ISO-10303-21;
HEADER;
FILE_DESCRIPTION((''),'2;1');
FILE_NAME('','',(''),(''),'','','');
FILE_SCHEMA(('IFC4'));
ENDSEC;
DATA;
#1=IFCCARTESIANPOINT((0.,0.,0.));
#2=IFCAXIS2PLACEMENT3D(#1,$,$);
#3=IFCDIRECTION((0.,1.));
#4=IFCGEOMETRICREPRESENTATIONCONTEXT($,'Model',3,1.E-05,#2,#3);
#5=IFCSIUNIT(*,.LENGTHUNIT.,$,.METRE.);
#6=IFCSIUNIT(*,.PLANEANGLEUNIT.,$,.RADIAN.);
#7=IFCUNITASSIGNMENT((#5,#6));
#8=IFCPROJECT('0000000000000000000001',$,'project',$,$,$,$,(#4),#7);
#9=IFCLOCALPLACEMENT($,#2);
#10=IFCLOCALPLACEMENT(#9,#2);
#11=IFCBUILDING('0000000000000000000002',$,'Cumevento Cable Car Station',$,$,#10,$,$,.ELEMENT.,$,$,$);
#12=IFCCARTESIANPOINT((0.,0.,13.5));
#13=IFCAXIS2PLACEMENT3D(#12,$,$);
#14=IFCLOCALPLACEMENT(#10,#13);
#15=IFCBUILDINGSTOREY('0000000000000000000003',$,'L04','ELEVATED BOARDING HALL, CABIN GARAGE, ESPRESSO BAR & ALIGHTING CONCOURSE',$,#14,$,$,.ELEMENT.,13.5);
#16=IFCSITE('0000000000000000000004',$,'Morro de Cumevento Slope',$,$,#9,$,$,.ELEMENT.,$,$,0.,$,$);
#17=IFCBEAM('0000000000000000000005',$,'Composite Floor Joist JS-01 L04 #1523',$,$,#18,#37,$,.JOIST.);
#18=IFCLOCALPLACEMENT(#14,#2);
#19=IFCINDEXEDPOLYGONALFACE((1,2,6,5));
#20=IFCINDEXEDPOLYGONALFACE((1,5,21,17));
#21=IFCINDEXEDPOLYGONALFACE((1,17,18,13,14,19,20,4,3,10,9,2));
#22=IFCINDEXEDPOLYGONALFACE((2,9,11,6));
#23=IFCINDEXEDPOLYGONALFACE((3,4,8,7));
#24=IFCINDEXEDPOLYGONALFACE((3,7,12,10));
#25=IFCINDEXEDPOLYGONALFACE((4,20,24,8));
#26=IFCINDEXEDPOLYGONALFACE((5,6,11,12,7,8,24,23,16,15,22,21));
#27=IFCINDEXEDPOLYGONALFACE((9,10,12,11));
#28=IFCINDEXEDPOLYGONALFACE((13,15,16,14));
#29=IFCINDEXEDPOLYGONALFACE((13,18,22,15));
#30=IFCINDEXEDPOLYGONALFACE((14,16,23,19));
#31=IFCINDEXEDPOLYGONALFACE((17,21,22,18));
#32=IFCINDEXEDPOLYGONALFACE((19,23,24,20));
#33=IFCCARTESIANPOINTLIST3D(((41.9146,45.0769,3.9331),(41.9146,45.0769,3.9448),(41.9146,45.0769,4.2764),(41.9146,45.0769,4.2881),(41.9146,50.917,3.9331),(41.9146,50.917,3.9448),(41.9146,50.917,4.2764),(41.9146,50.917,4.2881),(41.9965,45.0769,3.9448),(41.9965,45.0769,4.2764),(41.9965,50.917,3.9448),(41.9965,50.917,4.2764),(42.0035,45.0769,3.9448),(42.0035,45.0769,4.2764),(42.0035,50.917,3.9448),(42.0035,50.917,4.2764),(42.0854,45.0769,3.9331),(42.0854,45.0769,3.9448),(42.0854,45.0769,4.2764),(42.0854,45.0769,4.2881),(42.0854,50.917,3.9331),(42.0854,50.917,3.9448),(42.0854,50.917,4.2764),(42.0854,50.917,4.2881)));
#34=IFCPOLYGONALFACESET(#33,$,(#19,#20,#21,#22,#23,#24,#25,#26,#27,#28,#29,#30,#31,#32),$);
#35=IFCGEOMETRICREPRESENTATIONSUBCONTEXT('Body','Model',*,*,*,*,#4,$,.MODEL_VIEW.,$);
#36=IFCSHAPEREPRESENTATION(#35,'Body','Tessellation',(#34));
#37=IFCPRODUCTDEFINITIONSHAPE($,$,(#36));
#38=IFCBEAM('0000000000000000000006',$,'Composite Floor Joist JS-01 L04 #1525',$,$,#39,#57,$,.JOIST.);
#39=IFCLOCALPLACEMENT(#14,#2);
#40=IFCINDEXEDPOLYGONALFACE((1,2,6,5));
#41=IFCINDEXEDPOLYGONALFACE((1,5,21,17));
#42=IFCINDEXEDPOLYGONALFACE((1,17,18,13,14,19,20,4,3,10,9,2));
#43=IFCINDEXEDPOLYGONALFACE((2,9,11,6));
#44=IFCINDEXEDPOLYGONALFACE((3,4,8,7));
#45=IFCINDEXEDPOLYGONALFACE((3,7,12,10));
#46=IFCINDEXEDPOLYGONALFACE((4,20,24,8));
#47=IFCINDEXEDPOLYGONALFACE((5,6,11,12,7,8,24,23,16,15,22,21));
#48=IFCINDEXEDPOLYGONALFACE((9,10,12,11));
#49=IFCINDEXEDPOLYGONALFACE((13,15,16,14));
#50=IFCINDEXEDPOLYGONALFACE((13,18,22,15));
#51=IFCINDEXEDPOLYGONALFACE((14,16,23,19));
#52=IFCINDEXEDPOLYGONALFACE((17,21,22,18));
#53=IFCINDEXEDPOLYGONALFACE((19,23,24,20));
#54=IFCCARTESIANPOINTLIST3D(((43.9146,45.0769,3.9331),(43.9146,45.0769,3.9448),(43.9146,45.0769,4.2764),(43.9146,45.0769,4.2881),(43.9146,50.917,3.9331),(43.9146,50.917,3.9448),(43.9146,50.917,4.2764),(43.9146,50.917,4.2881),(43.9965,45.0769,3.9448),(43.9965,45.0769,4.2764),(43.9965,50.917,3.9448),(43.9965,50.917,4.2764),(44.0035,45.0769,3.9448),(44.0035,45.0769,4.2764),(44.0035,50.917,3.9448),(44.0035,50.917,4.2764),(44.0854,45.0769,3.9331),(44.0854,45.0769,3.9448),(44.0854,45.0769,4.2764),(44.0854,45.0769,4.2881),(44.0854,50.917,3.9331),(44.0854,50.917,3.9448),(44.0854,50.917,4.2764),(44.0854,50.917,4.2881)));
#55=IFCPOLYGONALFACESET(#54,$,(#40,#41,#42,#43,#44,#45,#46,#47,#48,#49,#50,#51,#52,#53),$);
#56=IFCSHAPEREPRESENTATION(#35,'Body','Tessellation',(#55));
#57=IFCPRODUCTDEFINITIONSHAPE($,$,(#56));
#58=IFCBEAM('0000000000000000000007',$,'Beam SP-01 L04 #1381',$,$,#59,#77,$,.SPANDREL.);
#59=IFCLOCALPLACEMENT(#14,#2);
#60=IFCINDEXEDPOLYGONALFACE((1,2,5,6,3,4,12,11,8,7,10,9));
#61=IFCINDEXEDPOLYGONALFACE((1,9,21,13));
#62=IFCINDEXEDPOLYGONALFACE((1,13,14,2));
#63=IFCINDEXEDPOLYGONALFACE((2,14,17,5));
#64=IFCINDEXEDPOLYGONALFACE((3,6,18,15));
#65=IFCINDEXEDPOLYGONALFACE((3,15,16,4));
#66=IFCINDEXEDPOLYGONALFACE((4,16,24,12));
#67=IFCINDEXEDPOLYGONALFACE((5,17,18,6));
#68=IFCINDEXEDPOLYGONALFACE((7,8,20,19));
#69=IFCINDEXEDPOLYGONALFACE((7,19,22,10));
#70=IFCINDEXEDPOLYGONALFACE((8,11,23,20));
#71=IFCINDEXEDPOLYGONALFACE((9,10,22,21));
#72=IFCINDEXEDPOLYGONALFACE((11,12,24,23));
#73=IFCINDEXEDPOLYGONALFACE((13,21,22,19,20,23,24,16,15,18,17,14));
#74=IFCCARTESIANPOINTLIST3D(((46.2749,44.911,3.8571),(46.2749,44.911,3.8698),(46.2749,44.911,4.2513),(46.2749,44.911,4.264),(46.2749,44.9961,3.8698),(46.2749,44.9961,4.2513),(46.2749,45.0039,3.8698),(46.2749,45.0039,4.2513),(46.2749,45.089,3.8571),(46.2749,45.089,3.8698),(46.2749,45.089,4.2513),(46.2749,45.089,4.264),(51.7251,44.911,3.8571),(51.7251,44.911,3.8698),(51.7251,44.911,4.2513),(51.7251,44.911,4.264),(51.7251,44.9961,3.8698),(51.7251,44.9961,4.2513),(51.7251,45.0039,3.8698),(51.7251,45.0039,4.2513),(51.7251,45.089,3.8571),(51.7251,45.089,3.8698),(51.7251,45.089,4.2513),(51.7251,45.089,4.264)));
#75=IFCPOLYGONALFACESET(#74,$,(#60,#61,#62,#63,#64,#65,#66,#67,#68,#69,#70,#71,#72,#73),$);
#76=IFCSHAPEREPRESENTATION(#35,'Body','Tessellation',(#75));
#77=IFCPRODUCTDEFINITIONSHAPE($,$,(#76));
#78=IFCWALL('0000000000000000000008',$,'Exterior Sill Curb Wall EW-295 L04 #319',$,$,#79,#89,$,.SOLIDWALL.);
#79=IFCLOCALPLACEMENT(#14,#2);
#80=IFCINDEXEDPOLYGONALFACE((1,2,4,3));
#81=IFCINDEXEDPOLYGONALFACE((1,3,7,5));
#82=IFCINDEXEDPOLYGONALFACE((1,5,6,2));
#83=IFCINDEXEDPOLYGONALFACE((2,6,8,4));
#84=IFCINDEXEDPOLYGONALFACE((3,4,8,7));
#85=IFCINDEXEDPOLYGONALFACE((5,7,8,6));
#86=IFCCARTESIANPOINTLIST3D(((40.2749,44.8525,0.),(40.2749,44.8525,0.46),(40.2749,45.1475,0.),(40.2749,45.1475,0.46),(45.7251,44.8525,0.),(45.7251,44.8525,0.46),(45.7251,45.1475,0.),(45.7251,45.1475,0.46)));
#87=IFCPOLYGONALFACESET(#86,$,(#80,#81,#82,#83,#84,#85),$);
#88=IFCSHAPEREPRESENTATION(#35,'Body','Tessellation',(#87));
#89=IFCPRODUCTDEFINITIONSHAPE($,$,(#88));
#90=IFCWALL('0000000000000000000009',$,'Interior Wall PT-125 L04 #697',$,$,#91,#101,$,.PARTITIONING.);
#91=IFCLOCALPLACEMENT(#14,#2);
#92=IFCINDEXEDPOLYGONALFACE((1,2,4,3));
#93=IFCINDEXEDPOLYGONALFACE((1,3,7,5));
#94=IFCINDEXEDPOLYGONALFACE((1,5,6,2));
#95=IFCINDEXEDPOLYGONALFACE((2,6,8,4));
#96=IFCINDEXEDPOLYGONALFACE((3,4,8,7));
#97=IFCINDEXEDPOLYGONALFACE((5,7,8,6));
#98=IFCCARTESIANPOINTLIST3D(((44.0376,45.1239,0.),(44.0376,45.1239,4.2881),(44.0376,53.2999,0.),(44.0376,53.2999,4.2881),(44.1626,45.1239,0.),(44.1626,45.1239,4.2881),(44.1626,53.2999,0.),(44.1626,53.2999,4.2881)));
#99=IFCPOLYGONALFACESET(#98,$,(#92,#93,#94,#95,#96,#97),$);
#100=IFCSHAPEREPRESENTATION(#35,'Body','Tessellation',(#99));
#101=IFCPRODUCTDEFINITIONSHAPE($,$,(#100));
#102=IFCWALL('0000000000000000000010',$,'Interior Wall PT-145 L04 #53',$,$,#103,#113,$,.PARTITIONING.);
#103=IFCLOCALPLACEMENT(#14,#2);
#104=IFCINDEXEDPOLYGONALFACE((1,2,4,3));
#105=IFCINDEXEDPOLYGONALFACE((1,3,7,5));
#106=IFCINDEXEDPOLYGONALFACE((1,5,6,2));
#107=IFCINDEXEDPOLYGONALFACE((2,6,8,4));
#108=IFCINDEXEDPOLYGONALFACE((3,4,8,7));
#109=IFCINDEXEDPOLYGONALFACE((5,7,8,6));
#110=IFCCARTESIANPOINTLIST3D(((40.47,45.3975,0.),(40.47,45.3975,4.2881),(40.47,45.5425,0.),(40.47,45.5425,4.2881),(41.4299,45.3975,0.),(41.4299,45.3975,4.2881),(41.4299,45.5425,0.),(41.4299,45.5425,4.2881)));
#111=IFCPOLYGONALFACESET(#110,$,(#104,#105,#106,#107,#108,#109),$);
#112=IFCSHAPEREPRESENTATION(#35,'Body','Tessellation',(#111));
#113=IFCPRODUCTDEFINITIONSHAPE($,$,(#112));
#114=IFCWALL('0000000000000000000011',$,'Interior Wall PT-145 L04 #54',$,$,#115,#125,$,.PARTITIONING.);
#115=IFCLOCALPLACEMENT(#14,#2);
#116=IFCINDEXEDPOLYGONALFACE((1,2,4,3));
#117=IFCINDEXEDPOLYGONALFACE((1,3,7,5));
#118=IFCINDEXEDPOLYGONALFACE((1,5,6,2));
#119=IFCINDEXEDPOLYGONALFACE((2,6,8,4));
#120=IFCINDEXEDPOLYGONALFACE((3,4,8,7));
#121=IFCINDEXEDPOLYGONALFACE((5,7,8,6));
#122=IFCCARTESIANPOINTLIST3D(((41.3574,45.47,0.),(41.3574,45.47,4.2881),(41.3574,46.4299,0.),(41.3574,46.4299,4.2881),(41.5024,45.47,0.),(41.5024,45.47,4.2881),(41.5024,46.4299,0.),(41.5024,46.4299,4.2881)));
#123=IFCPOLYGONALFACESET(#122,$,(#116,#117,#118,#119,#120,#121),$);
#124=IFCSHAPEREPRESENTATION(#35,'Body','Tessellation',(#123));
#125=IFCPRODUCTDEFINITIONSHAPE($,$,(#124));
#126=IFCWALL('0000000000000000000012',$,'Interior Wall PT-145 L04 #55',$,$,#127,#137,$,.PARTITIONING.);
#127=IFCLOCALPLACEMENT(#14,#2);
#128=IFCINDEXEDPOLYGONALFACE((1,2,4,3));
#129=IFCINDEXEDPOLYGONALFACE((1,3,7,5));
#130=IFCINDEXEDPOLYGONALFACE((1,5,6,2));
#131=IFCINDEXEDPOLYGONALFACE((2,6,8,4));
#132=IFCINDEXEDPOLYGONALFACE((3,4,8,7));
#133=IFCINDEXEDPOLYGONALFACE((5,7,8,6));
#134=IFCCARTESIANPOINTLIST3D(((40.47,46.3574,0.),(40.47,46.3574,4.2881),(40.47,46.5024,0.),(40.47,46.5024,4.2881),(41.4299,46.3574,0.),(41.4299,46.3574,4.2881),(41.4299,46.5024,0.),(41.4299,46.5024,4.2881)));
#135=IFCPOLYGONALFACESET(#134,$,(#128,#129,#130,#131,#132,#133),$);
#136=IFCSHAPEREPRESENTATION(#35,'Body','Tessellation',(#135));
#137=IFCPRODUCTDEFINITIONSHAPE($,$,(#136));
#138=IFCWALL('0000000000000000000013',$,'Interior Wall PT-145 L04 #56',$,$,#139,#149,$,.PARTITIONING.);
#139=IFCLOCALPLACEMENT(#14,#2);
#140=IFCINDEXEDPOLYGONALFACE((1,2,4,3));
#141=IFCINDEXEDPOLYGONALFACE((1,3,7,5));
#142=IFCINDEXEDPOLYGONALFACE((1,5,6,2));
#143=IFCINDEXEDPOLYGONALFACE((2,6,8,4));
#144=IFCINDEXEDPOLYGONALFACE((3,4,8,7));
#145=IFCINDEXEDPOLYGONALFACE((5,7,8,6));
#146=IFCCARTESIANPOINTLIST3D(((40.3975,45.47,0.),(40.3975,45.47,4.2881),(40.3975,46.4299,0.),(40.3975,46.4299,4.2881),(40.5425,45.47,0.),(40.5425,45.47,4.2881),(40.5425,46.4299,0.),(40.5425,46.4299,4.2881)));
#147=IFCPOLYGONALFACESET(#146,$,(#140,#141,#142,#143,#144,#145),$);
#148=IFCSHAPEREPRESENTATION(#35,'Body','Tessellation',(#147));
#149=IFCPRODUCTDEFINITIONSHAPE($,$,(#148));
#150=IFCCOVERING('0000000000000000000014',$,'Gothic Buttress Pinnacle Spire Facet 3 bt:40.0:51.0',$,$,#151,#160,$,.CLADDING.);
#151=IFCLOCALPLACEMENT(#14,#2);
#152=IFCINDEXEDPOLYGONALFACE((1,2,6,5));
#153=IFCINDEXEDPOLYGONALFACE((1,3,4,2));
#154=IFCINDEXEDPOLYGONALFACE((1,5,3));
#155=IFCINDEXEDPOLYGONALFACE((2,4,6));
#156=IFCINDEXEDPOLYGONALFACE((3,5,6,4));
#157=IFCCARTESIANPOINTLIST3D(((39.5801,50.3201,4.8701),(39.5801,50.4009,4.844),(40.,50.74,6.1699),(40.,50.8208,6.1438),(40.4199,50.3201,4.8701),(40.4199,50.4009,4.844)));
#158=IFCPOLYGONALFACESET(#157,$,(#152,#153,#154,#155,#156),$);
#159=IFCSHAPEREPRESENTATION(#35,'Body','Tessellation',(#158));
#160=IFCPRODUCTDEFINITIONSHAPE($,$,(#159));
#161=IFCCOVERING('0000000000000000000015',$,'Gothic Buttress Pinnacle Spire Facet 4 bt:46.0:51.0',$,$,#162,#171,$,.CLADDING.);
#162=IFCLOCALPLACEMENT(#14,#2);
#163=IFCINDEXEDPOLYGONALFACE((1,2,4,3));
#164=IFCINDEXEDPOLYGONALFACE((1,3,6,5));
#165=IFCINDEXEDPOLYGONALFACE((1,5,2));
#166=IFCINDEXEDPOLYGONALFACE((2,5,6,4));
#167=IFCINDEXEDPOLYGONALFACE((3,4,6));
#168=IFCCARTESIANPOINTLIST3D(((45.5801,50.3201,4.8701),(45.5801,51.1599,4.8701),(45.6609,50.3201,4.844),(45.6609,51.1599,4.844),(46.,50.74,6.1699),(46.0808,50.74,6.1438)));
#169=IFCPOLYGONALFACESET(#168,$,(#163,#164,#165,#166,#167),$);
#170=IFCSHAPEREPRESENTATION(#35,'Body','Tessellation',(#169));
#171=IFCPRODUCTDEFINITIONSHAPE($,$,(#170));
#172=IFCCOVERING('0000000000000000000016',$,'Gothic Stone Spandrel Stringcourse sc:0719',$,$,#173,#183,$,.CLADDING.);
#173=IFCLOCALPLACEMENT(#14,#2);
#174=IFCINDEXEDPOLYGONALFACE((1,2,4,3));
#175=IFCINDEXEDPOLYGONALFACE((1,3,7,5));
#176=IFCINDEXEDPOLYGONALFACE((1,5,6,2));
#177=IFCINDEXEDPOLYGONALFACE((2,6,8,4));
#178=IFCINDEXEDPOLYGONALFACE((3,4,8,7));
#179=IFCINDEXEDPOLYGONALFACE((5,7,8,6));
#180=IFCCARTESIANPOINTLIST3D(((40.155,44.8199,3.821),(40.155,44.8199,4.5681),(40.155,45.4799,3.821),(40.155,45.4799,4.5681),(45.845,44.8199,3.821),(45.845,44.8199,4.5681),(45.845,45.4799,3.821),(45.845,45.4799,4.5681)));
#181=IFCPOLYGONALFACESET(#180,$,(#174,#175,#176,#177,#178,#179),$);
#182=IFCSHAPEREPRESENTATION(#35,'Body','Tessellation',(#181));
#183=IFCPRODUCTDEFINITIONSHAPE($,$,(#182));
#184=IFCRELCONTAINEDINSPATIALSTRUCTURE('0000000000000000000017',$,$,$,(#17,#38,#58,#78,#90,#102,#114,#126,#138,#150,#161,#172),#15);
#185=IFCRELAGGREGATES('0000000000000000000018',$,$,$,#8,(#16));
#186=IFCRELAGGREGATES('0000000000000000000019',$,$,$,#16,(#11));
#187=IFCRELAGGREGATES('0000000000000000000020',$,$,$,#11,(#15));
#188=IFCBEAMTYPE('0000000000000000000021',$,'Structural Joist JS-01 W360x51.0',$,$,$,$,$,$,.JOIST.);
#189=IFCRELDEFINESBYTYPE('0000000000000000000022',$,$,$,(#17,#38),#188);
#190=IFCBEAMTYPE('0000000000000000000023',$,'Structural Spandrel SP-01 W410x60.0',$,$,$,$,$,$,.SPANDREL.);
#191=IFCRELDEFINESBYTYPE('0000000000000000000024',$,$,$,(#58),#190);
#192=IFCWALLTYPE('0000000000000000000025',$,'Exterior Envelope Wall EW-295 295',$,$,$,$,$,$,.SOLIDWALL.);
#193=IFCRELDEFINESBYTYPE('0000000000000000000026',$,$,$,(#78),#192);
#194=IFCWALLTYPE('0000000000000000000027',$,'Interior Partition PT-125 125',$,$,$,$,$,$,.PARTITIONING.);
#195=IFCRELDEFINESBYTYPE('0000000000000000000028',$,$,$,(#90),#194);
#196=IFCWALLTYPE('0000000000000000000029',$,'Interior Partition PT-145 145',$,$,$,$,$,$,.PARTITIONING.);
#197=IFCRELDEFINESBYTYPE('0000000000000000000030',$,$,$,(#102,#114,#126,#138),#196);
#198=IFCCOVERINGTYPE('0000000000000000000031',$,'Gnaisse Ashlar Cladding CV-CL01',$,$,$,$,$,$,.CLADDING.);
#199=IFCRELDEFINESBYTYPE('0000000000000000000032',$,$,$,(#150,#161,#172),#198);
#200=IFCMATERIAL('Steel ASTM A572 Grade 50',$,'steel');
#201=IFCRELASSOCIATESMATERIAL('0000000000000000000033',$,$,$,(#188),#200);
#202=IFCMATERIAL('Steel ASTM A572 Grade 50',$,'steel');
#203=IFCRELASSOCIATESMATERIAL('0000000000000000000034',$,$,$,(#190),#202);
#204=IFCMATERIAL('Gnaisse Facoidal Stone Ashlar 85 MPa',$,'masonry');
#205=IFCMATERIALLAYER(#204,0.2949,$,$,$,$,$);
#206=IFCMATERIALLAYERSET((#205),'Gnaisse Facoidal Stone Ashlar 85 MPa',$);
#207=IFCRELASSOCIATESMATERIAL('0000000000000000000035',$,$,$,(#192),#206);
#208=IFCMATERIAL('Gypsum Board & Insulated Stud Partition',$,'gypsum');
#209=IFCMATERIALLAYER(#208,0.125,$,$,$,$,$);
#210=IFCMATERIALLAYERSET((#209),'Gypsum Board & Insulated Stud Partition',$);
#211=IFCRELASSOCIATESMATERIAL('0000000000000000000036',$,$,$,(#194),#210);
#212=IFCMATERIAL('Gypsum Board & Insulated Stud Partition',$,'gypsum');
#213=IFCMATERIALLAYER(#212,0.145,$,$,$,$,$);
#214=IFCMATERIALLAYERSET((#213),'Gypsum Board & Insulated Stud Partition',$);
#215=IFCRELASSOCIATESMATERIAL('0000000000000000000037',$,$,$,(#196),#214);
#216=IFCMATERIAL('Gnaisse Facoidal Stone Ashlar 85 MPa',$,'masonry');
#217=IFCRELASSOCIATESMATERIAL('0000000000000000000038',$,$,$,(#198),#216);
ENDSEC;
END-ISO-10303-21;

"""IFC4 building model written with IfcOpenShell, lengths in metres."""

from ifc_helpers import new_model, si_unit, direction, frame, frame_2d, origin, origin_2d, place, context, subcontext, project, spatial, polyline, rectangle, i_section, outline, extrude, material, layer, layer_set, material_profile, profile_set, type_object, element, save


model = new_model("IFC4")

# Units and contexts
model_context = context("Model", 3, precision=1e-05, world=origin(), true_north=direction((0.0, 1.0)))
body_context = subcontext(model_context, "Body", "Model", "MODEL_VIEW")
ifc_project = project(units=[si_unit("LENGTHUNIT", "METRE"), si_unit("PLANEANGLEUNIT", "RADIAN")], contexts=[model_context])

# Site, building, storey
site_placement = place(None, origin())
site = spatial("IfcSite", under=ifc_project, at=site_placement, Name="Morro de Cumevento Slope", CompositionType="ELEMENT", RefElevation=0.0)
building_placement = place(site_placement, origin())
building = spatial("IfcBuilding", under=site, at=building_placement, Name="Cumevento Cable Car Station", CompositionType="ELEMENT")
storey_placement = place(building_placement, frame((0.0, 0.0, 13.5)))
storey = spatial("IfcBuildingStorey", under=building, at=storey_placement, Name="L04", Description="ELEVATED BOARDING HALL, CABIN GARAGE, ESPRESSO BAR & ALIGHTING CONCOURSE", CompositionType="ELEMENT", Elevation=13.5)

# Beams
ifc_material_1 = material(Name="Steel ASTM A572 Grade 50", Category="steel")
ifc_material_profile_1 = material_profile(ifc_material_1, i_section(OverallWidth=0.1709, OverallDepth=0.355, WebThickness=0.0071, FlangeThickness=0.0117, at=origin_2d()), Name="W360x51.0")
ifc_profile_set_1 = profile_set([ifc_material_profile_1], Name="Steel ASTM A572 Grade 50")
beam_type_1 = type_object("IfcBeamType", Name="Structural Joist JS-01 W360x51.0", PredefinedType="JOIST", material=ifc_profile_set_1)
for number, where, z_axis, x_axis, name in (
    (1, (42.0, 45.0769, 4.1106), (0.0, 1.0, 0.0), (-1.0, 0.0, 0.0), "Composite Floor Joist JS-01 L04 #1523"),
    (2, (44.0, 45.0769, 4.1106), (0.0, 1.0, 0.0), (-1.0, 0.0, 0.0), "Composite Floor Joist JS-01 L04 #1525"),
):
    element("IfcBeam", number, at=place(storey_placement, frame(where, z_axis=z_axis, x_axis=x_axis)), inside=storey, type_object=beam_type_1, Name=name, PredefinedType="JOIST", context=body_context, shape_type="SweptSolid", body=[
        extrude(i_section(OverallWidth=0.1709, OverallDepth=0.355, WebThickness=0.0071, FlangeThickness=0.0117, at=origin_2d()), origin(), (0.0, 0.0, 1.0), 5.8401),
    ])
ifc_material_2 = material(Name="Steel ASTM A572 Grade 50", Category="steel")
ifc_material_profile_2 = material_profile(ifc_material_2, i_section(OverallWidth=0.178, OverallDepth=0.407, WebThickness=0.0078, FlangeThickness=0.0127, at=origin_2d()), Name="W410x60.0")
ifc_profile_set_2 = profile_set([ifc_material_profile_2], Name="Steel ASTM A572 Grade 50")
beam_type_2 = type_object("IfcBeamType", Name="Structural Spandrel SP-01 W410x60.0", PredefinedType="SPANDREL", material=ifc_profile_set_2)
beam_1_placement = place(storey_placement, frame((46.2749, 45.0, 4.0605), z_axis=(1.0, 0.0, 0.0), x_axis=(0.0, 1.0, 0.0)))
element("IfcBeam", 3, at=beam_1_placement, inside=storey, type_object=beam_type_2, Name="Beam SP-01 L04 #1381", PredefinedType="SPANDREL", context=body_context, shape_type="SweptSolid", body=[
    extrude(i_section(OverallWidth=0.178, OverallDepth=0.407, WebThickness=0.0078, FlangeThickness=0.0127, at=origin_2d()), origin(), (0.0, 0.0, 1.0), 5.4502),
])

# Walls
ifc_material_3 = material(Name="Gnaisse Facoidal Stone Ashlar 85 MPa", Category="masonry")
ifc_layer_1 = layer(ifc_material_3, 0.2949)
ifc_layer_set_1 = layer_set([ifc_layer_1], Name="Gnaisse Facoidal Stone Ashlar 85 MPa")
wall_type_1 = type_object("IfcWallType", Name="Exterior Envelope Wall EW-295 295", PredefinedType="SOLIDWALL", material=ifc_layer_set_1)
wall_1_placement = place(storey_placement, frame((45.7251, 45.0, 0.0), z_axis=(0.0, 0.0, 1.0), x_axis=(-1.0, 0.0, 0.0)))
element("IfcWall", 4, at=wall_1_placement, inside=storey, type_object=wall_type_1, Name="Exterior Sill Curb Wall EW-295 L04 #319", PredefinedType="SOLIDWALL", context=body_context, shape_type="SweptSolid", body=[
    extrude(rectangle(XDim=5.4502, YDim=0.2949, at=frame_2d((2.7251, 0.0))), origin(), (0.0, 0.0, 1.0), 0.46),
])
ifc_material_4 = material(Name="Gypsum Board & Insulated Stud Partition", Category="gypsum")
ifc_layer_2 = layer(ifc_material_4, 0.125)
ifc_layer_set_2 = layer_set([ifc_layer_2], Name="Gypsum Board & Insulated Stud Partition")
wall_type_2 = type_object("IfcWallType", Name="Interior Partition PT-125 125", PredefinedType="PARTITIONING", material=ifc_layer_set_2)
wall_2_placement = place(storey_placement, frame((44.1001, 45.124, 0.0), z_axis=(0.0, 0.0, 1.0), x_axis=(0.0, 1.0, 0.0)))
element("IfcWall", 5, at=wall_2_placement, inside=storey, type_object=wall_type_2, Name="Interior Wall PT-125 L04 #697", PredefinedType="PARTITIONING", context=body_context, shape_type="SweptSolid", body=[
    extrude(rectangle(XDim=8.176, YDim=0.125, at=frame_2d((4.0879, 0.0))), origin(), (0.0, 0.0, 1.0), 4.2881),
])
ifc_material_5 = material(Name="Gypsum Board & Insulated Stud Partition", Category="gypsum")
ifc_layer_3 = layer(ifc_material_5, 0.145)
ifc_layer_set_3 = layer_set([ifc_layer_3], Name="Gypsum Board & Insulated Stud Partition")
wall_type_3 = type_object("IfcWallType", Name="Interior Partition PT-145 145", PredefinedType="PARTITIONING", material=ifc_layer_set_3)
for number, where, z_axis, x_axis, name in (
    (6, (40.47, 45.47, 0.0), (0.0, 0.0, 1.0), (1.0, 0.0, 0.0), "Interior Wall PT-145 L04 #53"),
    (7, (41.4299, 45.47, 0.0), (0.0, 0.0, 1.0), (0.0, 1.0, 0.0), "Interior Wall PT-145 L04 #54"),
    (8, (41.4299, 46.4299, 0.0), (0.0, 0.0, 1.0), (-1.0, 0.0, 0.0), "Interior Wall PT-145 L04 #55"),
    (9, (40.47, 46.4299, 0.0), (0.0, 0.0, 1.0), (0.0, -1.0, 0.0), "Interior Wall PT-145 L04 #56"),
):
    element("IfcWall", number, at=place(storey_placement, frame(where, z_axis=z_axis, x_axis=x_axis)), inside=storey, type_object=wall_type_3, Name=name, PredefinedType="PARTITIONING", context=body_context, shape_type="SweptSolid", body=[
        extrude(rectangle(XDim=0.96, YDim=0.145, at=frame_2d((0.48, 0.0))), origin(), (0.0, 0.0, 1.0), 4.2881),
    ])

# Coverings
ifc_material_6 = material(Name="Gnaisse Facoidal Stone Ashlar 85 MPa", Category="masonry")
covering_type = type_object("IfcCoveringType", Name="Gnaisse Ashlar Cladding CV-CL01", PredefinedType="CLADDING", material=ifc_material_6)
for number, where, z_axis, x_axis, name in (
    (10, (40.4199, 50.3201, 4.8701), (0.0, -0.951574, 0.307421), (-1.0, 0.0, 0.0), "Gothic Buttress Pinnacle Spire Facet 3 bt:40.0:51.0"),
    (11, (45.5801, 50.3201, 4.8701), (-0.951574, 0.0, 0.307421), (0.0, 1.0, 0.0), "Gothic Buttress Pinnacle Spire Facet 4 bt:46.0:51.0"),
):
    element("IfcCovering", number, at=place(storey_placement, frame(where, z_axis=z_axis, x_axis=x_axis)), inside=storey, type_object=covering_type, Name=name, PredefinedType="CLADDING", context=body_context, shape_type="SweptSolid", body=[
        extrude(outline(polyline([(0.0, 0.0), (0.8398, 0.0), (0.4199, -1.366), (0.0, 0.0)])), origin(), (0.0, 0.0, -1.0), 0.085),
    ])
covering_1_placement = place(storey_placement, frame((43.0, 45.1499, 3.821), z_axis=(0.0, 0.0, 1.0), x_axis=(-1.0, 0.0, 0.0)))
element("IfcCovering", 12, at=covering_1_placement, inside=storey, type_object=covering_type, Name="Gothic Stone Spandrel Stringcourse sc:0719", PredefinedType="CLADDING", context=body_context, shape_type="SweptSolid", body=[
    extrude(rectangle(XDim=5.6899, YDim=0.6599, at=origin_2d()), origin(), (0.0, 0.0, 1.0), 0.7471),
])

save(model, "model.ifc")
